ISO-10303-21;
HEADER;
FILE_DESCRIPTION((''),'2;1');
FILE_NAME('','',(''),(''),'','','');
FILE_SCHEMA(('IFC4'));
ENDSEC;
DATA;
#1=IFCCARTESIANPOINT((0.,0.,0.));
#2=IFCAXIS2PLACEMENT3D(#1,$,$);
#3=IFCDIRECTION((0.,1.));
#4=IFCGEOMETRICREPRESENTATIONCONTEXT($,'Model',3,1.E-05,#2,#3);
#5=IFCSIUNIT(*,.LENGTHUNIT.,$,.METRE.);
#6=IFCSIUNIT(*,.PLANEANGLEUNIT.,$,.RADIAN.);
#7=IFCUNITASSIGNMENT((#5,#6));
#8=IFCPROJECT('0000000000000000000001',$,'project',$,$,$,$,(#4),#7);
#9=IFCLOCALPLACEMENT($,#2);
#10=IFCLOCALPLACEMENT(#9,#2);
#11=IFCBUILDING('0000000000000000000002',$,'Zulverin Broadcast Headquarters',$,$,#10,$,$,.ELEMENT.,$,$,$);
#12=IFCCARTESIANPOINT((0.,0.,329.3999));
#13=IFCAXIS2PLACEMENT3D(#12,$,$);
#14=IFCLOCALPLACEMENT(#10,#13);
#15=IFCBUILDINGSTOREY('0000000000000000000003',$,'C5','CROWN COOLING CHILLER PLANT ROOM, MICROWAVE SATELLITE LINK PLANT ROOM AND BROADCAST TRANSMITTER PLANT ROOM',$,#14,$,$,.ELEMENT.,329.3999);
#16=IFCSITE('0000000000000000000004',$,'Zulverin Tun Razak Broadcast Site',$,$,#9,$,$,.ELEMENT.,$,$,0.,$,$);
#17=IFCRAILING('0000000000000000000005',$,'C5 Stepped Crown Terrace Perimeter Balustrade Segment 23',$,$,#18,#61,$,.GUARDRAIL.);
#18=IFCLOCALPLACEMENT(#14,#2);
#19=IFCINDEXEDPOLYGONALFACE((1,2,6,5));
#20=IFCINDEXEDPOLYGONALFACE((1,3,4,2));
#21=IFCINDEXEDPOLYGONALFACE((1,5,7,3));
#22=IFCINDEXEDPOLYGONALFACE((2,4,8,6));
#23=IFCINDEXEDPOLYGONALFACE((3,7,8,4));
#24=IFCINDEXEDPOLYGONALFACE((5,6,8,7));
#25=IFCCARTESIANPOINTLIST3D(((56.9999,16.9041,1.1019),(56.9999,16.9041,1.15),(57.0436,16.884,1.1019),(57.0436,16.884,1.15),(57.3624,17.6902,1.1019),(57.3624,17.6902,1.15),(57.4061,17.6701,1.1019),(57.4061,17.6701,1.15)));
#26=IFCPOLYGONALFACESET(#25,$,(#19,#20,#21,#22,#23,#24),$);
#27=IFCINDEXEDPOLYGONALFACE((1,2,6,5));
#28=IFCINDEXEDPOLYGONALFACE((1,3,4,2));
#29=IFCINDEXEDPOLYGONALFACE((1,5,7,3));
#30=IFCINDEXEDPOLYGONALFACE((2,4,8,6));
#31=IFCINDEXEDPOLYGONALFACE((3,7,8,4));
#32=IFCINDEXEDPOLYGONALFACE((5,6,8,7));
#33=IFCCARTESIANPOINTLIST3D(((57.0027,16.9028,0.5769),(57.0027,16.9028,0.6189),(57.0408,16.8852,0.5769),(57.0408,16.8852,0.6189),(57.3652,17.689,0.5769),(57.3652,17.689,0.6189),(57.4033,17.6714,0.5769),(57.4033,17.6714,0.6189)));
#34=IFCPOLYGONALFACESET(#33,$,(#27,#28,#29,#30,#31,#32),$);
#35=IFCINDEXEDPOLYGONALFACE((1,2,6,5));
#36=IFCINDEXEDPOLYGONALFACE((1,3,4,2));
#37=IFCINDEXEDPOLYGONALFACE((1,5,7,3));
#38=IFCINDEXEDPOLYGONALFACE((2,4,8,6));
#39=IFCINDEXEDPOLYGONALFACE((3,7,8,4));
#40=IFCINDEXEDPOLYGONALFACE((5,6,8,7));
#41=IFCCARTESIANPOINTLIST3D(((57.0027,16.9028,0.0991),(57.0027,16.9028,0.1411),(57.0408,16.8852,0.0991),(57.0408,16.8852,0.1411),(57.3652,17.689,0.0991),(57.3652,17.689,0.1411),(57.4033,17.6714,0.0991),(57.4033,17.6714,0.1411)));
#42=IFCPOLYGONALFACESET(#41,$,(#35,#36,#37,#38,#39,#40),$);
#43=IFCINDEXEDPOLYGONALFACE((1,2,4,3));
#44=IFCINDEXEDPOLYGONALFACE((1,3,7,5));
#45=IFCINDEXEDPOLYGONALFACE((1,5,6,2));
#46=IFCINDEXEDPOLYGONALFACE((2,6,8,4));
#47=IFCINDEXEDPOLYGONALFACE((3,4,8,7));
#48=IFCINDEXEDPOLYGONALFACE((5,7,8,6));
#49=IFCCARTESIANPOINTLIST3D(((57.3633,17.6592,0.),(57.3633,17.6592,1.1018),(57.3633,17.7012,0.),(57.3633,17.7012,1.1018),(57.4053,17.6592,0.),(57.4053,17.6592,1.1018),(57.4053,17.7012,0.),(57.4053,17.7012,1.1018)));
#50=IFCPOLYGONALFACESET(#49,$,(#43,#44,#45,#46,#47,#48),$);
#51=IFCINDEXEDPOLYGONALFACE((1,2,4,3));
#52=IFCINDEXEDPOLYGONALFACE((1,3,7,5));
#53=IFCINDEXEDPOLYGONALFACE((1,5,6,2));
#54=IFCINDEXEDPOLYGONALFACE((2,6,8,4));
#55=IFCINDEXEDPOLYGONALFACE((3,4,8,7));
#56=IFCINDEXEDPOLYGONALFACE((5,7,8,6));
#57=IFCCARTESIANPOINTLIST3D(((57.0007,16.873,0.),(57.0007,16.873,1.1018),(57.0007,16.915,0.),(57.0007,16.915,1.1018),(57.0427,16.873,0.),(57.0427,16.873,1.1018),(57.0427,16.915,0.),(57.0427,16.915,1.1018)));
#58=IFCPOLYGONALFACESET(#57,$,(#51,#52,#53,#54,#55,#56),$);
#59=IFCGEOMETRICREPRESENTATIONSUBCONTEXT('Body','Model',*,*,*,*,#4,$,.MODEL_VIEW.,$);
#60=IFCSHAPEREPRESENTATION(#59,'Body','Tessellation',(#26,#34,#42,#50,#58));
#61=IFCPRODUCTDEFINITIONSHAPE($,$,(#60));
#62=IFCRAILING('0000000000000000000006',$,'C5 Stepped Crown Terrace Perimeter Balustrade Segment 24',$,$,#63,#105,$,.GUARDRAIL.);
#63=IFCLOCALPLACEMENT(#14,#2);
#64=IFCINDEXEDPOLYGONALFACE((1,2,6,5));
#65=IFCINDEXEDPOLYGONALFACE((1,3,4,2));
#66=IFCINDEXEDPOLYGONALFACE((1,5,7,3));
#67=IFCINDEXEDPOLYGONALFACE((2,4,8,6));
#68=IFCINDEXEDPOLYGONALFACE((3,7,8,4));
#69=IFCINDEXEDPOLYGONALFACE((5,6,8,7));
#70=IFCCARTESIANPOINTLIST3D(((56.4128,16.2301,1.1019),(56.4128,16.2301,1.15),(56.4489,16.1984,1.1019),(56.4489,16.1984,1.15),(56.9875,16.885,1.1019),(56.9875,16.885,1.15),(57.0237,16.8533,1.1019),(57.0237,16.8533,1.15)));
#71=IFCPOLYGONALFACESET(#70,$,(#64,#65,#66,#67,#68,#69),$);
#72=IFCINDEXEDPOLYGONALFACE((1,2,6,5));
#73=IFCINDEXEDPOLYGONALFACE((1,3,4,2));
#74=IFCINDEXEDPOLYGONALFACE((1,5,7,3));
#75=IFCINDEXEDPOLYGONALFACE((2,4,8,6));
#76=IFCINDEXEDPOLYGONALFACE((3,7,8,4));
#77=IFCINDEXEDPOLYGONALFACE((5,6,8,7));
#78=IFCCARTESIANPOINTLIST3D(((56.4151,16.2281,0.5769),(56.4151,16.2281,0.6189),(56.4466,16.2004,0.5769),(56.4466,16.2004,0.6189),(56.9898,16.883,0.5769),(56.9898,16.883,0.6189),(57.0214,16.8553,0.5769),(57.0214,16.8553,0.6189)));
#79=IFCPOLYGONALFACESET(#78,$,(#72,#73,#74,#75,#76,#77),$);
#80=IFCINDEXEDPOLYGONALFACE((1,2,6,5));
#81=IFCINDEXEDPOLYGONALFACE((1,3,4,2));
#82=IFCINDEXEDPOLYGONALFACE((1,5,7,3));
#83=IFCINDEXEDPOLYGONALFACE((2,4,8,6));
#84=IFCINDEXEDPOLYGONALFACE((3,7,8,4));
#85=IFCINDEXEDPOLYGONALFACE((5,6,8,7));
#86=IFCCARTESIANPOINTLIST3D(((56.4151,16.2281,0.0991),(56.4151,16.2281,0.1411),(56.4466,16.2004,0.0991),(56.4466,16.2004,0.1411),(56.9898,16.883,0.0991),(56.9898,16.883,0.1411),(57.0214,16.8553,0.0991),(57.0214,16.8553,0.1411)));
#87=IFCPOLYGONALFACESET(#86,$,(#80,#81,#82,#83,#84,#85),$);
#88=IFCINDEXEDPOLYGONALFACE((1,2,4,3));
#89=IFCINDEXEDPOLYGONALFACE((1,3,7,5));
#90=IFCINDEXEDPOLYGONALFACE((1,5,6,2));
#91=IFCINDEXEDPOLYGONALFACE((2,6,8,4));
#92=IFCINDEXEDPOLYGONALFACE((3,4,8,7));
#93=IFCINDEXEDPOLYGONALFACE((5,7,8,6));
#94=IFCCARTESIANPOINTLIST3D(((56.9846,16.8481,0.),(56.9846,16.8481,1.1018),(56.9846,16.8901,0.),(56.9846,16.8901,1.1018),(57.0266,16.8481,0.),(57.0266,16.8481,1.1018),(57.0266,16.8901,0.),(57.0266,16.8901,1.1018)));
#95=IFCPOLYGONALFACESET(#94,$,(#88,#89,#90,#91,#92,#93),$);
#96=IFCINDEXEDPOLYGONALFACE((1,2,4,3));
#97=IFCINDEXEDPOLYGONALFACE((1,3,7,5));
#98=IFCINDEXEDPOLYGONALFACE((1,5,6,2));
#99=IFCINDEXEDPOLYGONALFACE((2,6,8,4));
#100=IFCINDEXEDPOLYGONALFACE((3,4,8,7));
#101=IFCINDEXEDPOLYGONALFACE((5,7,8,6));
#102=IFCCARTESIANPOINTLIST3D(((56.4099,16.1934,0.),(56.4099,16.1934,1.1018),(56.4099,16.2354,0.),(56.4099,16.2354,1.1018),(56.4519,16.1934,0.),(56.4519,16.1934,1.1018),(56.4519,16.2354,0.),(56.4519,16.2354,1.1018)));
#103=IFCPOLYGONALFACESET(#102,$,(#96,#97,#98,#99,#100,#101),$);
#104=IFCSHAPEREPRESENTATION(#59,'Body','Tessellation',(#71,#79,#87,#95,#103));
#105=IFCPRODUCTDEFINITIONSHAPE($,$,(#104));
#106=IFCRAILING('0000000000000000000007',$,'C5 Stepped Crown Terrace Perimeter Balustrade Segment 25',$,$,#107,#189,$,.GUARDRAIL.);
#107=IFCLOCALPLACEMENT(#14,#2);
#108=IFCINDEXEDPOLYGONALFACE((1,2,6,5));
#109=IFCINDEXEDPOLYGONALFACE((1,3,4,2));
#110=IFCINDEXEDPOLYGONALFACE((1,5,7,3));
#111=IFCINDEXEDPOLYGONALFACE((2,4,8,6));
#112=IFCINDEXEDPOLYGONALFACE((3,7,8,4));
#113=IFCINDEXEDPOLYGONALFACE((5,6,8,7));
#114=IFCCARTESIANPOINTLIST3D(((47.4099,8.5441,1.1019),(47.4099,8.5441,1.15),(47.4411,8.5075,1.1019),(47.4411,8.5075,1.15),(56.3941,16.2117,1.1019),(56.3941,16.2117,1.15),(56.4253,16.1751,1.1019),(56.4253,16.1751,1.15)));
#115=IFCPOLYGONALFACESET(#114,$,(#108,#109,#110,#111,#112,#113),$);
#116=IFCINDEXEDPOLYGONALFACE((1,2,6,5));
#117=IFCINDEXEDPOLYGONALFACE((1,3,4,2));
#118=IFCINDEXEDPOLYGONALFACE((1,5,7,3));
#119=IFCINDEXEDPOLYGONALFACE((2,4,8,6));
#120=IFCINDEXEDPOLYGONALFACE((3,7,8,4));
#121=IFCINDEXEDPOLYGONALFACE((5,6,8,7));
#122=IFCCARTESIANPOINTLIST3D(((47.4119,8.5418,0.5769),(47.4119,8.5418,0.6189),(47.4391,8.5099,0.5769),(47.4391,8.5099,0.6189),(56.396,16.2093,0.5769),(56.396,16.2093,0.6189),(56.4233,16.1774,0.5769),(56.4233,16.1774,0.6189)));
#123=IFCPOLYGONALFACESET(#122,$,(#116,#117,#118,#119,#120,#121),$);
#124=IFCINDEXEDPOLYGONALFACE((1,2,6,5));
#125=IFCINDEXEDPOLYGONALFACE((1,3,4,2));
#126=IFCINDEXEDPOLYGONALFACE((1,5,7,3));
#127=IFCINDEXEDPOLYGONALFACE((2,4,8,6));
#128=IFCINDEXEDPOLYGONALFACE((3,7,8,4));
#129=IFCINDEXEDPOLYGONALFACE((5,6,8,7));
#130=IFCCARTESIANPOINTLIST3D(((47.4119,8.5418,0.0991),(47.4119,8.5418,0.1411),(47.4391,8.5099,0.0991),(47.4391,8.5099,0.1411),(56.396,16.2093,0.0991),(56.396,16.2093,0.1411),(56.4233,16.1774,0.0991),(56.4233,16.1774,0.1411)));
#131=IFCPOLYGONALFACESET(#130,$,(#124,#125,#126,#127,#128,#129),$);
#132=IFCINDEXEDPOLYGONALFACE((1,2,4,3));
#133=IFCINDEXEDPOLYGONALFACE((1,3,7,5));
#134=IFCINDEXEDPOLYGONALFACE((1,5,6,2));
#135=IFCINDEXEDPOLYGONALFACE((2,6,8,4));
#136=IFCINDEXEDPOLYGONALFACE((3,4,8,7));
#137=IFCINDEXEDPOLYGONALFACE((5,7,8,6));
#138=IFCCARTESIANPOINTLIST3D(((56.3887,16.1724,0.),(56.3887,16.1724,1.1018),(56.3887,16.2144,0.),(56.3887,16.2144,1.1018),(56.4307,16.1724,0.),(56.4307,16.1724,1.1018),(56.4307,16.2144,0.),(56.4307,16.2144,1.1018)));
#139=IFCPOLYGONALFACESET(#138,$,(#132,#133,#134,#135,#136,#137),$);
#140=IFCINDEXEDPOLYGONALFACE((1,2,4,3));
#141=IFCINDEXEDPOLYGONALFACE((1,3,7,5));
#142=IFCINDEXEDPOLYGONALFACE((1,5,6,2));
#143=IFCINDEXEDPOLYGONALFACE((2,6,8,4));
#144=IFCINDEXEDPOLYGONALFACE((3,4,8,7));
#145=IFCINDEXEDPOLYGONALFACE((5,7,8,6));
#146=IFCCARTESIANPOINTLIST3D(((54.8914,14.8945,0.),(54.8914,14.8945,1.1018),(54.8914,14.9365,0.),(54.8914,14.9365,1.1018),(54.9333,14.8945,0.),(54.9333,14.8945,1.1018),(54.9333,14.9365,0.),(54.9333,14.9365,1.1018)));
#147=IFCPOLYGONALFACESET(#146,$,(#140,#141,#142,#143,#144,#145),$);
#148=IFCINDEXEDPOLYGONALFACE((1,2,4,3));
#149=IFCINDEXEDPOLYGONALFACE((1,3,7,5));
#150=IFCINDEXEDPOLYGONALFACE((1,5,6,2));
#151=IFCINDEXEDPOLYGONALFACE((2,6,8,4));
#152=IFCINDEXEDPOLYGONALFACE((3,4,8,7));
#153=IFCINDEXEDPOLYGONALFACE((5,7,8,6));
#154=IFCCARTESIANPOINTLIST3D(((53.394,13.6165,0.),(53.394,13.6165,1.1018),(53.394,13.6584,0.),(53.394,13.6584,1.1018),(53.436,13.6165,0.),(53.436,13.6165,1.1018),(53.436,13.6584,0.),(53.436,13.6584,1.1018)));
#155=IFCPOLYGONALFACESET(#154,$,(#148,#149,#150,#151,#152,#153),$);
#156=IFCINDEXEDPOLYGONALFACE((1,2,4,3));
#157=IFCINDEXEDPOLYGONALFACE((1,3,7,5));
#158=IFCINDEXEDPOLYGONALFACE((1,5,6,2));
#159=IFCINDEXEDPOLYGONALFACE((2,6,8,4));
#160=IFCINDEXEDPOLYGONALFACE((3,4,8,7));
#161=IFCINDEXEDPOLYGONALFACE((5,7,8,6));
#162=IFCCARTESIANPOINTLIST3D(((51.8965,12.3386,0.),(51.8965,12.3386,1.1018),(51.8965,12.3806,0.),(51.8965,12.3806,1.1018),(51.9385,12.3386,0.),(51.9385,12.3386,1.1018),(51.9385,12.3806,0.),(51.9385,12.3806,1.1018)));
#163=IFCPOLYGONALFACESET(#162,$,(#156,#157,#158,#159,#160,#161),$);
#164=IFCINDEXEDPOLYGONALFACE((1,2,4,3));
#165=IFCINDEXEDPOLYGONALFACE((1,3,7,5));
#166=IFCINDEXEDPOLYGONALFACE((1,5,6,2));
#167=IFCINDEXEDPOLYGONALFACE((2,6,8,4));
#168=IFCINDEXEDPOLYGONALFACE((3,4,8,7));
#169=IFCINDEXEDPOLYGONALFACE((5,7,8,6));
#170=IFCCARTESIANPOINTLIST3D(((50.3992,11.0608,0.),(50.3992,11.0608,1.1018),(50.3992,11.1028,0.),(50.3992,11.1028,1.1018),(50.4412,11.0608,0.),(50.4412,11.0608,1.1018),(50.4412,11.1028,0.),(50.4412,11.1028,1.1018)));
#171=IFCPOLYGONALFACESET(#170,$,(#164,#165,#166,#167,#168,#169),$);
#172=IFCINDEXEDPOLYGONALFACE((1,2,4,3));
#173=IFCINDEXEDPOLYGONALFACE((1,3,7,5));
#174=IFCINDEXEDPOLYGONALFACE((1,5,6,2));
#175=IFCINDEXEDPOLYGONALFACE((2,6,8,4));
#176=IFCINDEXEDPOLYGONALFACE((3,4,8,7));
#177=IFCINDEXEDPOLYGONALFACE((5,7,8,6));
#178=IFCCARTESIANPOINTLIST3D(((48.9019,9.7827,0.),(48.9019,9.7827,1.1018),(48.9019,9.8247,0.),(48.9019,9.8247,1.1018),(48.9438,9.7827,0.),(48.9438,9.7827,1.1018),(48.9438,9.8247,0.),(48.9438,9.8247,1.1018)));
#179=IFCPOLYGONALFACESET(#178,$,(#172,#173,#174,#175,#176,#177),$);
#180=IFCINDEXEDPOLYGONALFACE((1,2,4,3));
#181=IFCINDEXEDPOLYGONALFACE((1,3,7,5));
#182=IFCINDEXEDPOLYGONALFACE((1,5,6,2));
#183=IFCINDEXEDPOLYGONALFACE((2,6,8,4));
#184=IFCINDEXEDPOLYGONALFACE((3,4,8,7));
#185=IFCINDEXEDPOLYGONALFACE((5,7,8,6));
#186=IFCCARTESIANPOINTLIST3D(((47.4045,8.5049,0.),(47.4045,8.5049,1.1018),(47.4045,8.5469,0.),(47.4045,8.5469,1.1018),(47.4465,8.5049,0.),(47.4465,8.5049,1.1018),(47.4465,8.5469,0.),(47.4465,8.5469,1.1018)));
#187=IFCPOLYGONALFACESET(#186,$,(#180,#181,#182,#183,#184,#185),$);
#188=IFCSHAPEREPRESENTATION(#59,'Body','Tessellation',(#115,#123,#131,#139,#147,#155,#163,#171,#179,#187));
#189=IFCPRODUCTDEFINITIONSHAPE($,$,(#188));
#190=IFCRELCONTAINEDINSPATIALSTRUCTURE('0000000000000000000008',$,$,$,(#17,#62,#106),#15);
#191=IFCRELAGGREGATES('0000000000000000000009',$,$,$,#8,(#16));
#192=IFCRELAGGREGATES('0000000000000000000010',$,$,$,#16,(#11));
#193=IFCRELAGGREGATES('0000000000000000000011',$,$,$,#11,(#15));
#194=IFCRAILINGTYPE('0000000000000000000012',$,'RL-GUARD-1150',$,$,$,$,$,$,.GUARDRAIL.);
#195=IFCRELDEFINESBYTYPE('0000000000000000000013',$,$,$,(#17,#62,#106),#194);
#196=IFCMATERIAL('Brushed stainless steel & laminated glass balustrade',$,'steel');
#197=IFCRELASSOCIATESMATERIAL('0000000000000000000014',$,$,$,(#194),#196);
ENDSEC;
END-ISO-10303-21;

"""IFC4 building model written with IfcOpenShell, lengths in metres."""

from ifc_helpers import new_model, si_unit, direction, frame, origin, origin_2d, place, context, subcontext, project, spatial, rectangle, extrude, material, type_object, element, save


model = new_model("IFC4")

# Units and contexts
model_context = context("Model", 3, precision=1e-05, world=origin(), true_north=direction((0.0, 1.0)))
body_context = subcontext(model_context, "Body", "Model", "MODEL_VIEW")
ifc_project = project(units=[si_unit("LENGTHUNIT", "METRE"), si_unit("PLANEANGLEUNIT", "RADIAN")], contexts=[model_context])

# Site, building, storey
site_placement = place(None, origin())
site = spatial("IfcSite", under=ifc_project, at=site_placement, Name="Zulverin Tun Razak Broadcast Site", CompositionType="ELEMENT", RefElevation=0.0)
building_placement = place(site_placement, origin())
building = spatial("IfcBuilding", under=site, at=building_placement, Name="Zulverin Broadcast Headquarters", CompositionType="ELEMENT")
storey_placement = place(building_placement, frame((0.0, 0.0, 329.3999)))
storey = spatial("IfcBuildingStorey", under=building, at=storey_placement, Name="C5", Description="CROWN COOLING CHILLER PLANT ROOM, MICROWAVE SATELLITE LINK PLANT ROOM AND BROADCAST TRANSMITTER PLANT ROOM", CompositionType="ELEMENT", Elevation=329.3999)

# Railings
ifc_material_1 = material(Name="Brushed stainless steel & laminated glass balustrade", Category="steel")
railing_type = type_object("IfcRailingType", Name="RL-GUARD-1150", PredefinedType="GUARDRAIL", material=ifc_material_1)
railing_1_placement = place(storey_placement, frame((57.3843, 17.6802, 0.0)))
element("IfcRailing", 1, at=railing_1_placement, inside=storey, type_object=railing_type, Name="C5 Stepped Crown Terrace Perimeter Balustrade Segment 23", PredefinedType="GUARDRAIL", context=body_context, shape_type="SweptSolid", body=[
    extrude(rectangle(XDim=0.0481, YDim=0.0481, at=origin_2d()), frame((0.0, 0.0, 1.126), z_axis=(-0.41879, -0.908083, 0.0), x_axis=(0.908083, -0.41879, 0.0)), (0.0, 0.0, 1.0), 0.8657),
    extrude(rectangle(XDim=0.042, YDim=0.042, at=origin_2d()), frame((0.0, 0.0, 0.5979), z_axis=(-0.41879, -0.908083, 0.0), x_axis=(0.908083, -0.41879, 0.0)), (0.0, 0.0, 1.0), 0.8657),
    extrude(rectangle(XDim=0.042, YDim=0.042, at=origin_2d()), frame((0.0, 0.0, 0.1201), z_axis=(-0.41879, -0.908083, 0.0), x_axis=(0.908083, -0.41879, 0.0)), (0.0, 0.0, 1.0), 0.8657),
    extrude(rectangle(XDim=0.042, YDim=0.042, at=origin_2d()), origin(), (0.0, 0.0, 1.0), 1.1018),
    extrude(rectangle(XDim=0.042, YDim=0.042, at=origin_2d()), frame((-0.3625, -0.7861, 0.0)), (0.0, 0.0, 1.0), 1.1018),
])
railing_2_placement = place(storey_placement, frame((57.0056, 16.8691, 0.0)))
element("IfcRailing", 2, at=railing_2_placement, inside=storey, type_object=railing_type, Name="C5 Stepped Crown Terrace Perimeter Balustrade Segment 24", PredefinedType="GUARDRAIL", context=body_context, shape_type="SweptSolid", body=[
    extrude(rectangle(XDim=0.0481, YDim=0.0481, at=origin_2d()), frame((0.0, 0.0, 1.126), z_axis=(-0.659655, -0.751569, 0.0), x_axis=(0.751569, -0.659655, 0.0)), (0.0, 0.0, 1.0), 0.8713),
    extrude(rectangle(XDim=0.042, YDim=0.042, at=origin_2d()), frame((0.0, 0.0, 0.5979), z_axis=(-0.659655, -0.751569, 0.0), x_axis=(0.751569, -0.659655, 0.0)), (0.0, 0.0, 1.0), 0.8713),
    extrude(rectangle(XDim=0.042, YDim=0.042, at=origin_2d()), frame((0.0, 0.0, 0.1201), z_axis=(-0.659655, -0.751569, 0.0), x_axis=(0.751569, -0.659655, 0.0)), (0.0, 0.0, 1.0), 0.8713),
    extrude(rectangle(XDim=0.042, YDim=0.042, at=origin_2d()), origin(), (0.0, 0.0, 1.0), 1.1018),
    extrude(rectangle(XDim=0.042, YDim=0.042, at=origin_2d()), frame((-0.5747, -0.6548, 0.0)), (0.0, 0.0, 1.0), 1.1018),
])
railing_3_placement = place(storey_placement, frame((56.4097, 16.1934, 0.0)))
element("IfcRailing", 3, at=railing_3_placement, inside=storey, type_object=railing_type, Name="C5 Stepped Crown Terrace Perimeter Balustrade Segment 25", PredefinedType="GUARDRAIL", context=body_context, shape_type="SweptSolid", body=[
    extrude(rectangle(XDim=0.0481, YDim=0.0481, at=origin_2d()), frame((0.0, 0.0, 1.126), z_axis=(-0.760644, -0.649169, 0.0), x_axis=(0.649169, -0.760644, 0.0)), (0.0, 0.0, 1.0), 11.8113),
    extrude(rectangle(XDim=0.042, YDim=0.042, at=origin_2d()), frame((0.0, 0.0, 0.5979), z_axis=(-0.760644, -0.649169, 0.0), x_axis=(0.649169, -0.760644, 0.0)), (0.0, 0.0, 1.0), 11.8113),
    extrude(rectangle(XDim=0.042, YDim=0.042, at=origin_2d()), frame((0.0, 0.0, 0.1201), z_axis=(-0.760644, -0.649169, 0.0), x_axis=(0.649169, -0.760644, 0.0)), (0.0, 0.0, 1.0), 11.8113),
    extrude(rectangle(XDim=0.042, YDim=0.042, at=origin_2d()), origin(), (0.0, 0.0, 1.0), 1.1018),
    extrude(rectangle(XDim=0.042, YDim=0.042, at=origin_2d()), frame((-1.4973, -1.2778, 0.0)), (0.0, 0.0, 1.0), 1.1018),
    extrude(rectangle(XDim=0.042, YDim=0.042, at=origin_2d()), frame((-2.9946, -2.5559, 0.0)), (0.0, 0.0, 1.0), 1.1018),
    extrude(rectangle(XDim=0.042, YDim=0.042, at=origin_2d()), frame((-4.4922, -3.8337, 0.0)), (0.0, 0.0, 1.0), 1.1018),
    extrude(rectangle(XDim=0.042, YDim=0.042, at=origin_2d()), frame((-5.9895, -5.1116, 0.0)), (0.0, 0.0, 1.0), 1.1018),
    extrude(rectangle(XDim=0.042, YDim=0.042, at=origin_2d()), frame((-7.4868, -6.3896, 0.0)), (0.0, 0.0, 1.0), 1.1018),
    extrude(rectangle(XDim=0.042, YDim=0.042, at=origin_2d()), frame((-8.9841, -7.6675, 0.0)), (0.0, 0.0, 1.0), 1.1018),
])

save(model, "model.ifc")
